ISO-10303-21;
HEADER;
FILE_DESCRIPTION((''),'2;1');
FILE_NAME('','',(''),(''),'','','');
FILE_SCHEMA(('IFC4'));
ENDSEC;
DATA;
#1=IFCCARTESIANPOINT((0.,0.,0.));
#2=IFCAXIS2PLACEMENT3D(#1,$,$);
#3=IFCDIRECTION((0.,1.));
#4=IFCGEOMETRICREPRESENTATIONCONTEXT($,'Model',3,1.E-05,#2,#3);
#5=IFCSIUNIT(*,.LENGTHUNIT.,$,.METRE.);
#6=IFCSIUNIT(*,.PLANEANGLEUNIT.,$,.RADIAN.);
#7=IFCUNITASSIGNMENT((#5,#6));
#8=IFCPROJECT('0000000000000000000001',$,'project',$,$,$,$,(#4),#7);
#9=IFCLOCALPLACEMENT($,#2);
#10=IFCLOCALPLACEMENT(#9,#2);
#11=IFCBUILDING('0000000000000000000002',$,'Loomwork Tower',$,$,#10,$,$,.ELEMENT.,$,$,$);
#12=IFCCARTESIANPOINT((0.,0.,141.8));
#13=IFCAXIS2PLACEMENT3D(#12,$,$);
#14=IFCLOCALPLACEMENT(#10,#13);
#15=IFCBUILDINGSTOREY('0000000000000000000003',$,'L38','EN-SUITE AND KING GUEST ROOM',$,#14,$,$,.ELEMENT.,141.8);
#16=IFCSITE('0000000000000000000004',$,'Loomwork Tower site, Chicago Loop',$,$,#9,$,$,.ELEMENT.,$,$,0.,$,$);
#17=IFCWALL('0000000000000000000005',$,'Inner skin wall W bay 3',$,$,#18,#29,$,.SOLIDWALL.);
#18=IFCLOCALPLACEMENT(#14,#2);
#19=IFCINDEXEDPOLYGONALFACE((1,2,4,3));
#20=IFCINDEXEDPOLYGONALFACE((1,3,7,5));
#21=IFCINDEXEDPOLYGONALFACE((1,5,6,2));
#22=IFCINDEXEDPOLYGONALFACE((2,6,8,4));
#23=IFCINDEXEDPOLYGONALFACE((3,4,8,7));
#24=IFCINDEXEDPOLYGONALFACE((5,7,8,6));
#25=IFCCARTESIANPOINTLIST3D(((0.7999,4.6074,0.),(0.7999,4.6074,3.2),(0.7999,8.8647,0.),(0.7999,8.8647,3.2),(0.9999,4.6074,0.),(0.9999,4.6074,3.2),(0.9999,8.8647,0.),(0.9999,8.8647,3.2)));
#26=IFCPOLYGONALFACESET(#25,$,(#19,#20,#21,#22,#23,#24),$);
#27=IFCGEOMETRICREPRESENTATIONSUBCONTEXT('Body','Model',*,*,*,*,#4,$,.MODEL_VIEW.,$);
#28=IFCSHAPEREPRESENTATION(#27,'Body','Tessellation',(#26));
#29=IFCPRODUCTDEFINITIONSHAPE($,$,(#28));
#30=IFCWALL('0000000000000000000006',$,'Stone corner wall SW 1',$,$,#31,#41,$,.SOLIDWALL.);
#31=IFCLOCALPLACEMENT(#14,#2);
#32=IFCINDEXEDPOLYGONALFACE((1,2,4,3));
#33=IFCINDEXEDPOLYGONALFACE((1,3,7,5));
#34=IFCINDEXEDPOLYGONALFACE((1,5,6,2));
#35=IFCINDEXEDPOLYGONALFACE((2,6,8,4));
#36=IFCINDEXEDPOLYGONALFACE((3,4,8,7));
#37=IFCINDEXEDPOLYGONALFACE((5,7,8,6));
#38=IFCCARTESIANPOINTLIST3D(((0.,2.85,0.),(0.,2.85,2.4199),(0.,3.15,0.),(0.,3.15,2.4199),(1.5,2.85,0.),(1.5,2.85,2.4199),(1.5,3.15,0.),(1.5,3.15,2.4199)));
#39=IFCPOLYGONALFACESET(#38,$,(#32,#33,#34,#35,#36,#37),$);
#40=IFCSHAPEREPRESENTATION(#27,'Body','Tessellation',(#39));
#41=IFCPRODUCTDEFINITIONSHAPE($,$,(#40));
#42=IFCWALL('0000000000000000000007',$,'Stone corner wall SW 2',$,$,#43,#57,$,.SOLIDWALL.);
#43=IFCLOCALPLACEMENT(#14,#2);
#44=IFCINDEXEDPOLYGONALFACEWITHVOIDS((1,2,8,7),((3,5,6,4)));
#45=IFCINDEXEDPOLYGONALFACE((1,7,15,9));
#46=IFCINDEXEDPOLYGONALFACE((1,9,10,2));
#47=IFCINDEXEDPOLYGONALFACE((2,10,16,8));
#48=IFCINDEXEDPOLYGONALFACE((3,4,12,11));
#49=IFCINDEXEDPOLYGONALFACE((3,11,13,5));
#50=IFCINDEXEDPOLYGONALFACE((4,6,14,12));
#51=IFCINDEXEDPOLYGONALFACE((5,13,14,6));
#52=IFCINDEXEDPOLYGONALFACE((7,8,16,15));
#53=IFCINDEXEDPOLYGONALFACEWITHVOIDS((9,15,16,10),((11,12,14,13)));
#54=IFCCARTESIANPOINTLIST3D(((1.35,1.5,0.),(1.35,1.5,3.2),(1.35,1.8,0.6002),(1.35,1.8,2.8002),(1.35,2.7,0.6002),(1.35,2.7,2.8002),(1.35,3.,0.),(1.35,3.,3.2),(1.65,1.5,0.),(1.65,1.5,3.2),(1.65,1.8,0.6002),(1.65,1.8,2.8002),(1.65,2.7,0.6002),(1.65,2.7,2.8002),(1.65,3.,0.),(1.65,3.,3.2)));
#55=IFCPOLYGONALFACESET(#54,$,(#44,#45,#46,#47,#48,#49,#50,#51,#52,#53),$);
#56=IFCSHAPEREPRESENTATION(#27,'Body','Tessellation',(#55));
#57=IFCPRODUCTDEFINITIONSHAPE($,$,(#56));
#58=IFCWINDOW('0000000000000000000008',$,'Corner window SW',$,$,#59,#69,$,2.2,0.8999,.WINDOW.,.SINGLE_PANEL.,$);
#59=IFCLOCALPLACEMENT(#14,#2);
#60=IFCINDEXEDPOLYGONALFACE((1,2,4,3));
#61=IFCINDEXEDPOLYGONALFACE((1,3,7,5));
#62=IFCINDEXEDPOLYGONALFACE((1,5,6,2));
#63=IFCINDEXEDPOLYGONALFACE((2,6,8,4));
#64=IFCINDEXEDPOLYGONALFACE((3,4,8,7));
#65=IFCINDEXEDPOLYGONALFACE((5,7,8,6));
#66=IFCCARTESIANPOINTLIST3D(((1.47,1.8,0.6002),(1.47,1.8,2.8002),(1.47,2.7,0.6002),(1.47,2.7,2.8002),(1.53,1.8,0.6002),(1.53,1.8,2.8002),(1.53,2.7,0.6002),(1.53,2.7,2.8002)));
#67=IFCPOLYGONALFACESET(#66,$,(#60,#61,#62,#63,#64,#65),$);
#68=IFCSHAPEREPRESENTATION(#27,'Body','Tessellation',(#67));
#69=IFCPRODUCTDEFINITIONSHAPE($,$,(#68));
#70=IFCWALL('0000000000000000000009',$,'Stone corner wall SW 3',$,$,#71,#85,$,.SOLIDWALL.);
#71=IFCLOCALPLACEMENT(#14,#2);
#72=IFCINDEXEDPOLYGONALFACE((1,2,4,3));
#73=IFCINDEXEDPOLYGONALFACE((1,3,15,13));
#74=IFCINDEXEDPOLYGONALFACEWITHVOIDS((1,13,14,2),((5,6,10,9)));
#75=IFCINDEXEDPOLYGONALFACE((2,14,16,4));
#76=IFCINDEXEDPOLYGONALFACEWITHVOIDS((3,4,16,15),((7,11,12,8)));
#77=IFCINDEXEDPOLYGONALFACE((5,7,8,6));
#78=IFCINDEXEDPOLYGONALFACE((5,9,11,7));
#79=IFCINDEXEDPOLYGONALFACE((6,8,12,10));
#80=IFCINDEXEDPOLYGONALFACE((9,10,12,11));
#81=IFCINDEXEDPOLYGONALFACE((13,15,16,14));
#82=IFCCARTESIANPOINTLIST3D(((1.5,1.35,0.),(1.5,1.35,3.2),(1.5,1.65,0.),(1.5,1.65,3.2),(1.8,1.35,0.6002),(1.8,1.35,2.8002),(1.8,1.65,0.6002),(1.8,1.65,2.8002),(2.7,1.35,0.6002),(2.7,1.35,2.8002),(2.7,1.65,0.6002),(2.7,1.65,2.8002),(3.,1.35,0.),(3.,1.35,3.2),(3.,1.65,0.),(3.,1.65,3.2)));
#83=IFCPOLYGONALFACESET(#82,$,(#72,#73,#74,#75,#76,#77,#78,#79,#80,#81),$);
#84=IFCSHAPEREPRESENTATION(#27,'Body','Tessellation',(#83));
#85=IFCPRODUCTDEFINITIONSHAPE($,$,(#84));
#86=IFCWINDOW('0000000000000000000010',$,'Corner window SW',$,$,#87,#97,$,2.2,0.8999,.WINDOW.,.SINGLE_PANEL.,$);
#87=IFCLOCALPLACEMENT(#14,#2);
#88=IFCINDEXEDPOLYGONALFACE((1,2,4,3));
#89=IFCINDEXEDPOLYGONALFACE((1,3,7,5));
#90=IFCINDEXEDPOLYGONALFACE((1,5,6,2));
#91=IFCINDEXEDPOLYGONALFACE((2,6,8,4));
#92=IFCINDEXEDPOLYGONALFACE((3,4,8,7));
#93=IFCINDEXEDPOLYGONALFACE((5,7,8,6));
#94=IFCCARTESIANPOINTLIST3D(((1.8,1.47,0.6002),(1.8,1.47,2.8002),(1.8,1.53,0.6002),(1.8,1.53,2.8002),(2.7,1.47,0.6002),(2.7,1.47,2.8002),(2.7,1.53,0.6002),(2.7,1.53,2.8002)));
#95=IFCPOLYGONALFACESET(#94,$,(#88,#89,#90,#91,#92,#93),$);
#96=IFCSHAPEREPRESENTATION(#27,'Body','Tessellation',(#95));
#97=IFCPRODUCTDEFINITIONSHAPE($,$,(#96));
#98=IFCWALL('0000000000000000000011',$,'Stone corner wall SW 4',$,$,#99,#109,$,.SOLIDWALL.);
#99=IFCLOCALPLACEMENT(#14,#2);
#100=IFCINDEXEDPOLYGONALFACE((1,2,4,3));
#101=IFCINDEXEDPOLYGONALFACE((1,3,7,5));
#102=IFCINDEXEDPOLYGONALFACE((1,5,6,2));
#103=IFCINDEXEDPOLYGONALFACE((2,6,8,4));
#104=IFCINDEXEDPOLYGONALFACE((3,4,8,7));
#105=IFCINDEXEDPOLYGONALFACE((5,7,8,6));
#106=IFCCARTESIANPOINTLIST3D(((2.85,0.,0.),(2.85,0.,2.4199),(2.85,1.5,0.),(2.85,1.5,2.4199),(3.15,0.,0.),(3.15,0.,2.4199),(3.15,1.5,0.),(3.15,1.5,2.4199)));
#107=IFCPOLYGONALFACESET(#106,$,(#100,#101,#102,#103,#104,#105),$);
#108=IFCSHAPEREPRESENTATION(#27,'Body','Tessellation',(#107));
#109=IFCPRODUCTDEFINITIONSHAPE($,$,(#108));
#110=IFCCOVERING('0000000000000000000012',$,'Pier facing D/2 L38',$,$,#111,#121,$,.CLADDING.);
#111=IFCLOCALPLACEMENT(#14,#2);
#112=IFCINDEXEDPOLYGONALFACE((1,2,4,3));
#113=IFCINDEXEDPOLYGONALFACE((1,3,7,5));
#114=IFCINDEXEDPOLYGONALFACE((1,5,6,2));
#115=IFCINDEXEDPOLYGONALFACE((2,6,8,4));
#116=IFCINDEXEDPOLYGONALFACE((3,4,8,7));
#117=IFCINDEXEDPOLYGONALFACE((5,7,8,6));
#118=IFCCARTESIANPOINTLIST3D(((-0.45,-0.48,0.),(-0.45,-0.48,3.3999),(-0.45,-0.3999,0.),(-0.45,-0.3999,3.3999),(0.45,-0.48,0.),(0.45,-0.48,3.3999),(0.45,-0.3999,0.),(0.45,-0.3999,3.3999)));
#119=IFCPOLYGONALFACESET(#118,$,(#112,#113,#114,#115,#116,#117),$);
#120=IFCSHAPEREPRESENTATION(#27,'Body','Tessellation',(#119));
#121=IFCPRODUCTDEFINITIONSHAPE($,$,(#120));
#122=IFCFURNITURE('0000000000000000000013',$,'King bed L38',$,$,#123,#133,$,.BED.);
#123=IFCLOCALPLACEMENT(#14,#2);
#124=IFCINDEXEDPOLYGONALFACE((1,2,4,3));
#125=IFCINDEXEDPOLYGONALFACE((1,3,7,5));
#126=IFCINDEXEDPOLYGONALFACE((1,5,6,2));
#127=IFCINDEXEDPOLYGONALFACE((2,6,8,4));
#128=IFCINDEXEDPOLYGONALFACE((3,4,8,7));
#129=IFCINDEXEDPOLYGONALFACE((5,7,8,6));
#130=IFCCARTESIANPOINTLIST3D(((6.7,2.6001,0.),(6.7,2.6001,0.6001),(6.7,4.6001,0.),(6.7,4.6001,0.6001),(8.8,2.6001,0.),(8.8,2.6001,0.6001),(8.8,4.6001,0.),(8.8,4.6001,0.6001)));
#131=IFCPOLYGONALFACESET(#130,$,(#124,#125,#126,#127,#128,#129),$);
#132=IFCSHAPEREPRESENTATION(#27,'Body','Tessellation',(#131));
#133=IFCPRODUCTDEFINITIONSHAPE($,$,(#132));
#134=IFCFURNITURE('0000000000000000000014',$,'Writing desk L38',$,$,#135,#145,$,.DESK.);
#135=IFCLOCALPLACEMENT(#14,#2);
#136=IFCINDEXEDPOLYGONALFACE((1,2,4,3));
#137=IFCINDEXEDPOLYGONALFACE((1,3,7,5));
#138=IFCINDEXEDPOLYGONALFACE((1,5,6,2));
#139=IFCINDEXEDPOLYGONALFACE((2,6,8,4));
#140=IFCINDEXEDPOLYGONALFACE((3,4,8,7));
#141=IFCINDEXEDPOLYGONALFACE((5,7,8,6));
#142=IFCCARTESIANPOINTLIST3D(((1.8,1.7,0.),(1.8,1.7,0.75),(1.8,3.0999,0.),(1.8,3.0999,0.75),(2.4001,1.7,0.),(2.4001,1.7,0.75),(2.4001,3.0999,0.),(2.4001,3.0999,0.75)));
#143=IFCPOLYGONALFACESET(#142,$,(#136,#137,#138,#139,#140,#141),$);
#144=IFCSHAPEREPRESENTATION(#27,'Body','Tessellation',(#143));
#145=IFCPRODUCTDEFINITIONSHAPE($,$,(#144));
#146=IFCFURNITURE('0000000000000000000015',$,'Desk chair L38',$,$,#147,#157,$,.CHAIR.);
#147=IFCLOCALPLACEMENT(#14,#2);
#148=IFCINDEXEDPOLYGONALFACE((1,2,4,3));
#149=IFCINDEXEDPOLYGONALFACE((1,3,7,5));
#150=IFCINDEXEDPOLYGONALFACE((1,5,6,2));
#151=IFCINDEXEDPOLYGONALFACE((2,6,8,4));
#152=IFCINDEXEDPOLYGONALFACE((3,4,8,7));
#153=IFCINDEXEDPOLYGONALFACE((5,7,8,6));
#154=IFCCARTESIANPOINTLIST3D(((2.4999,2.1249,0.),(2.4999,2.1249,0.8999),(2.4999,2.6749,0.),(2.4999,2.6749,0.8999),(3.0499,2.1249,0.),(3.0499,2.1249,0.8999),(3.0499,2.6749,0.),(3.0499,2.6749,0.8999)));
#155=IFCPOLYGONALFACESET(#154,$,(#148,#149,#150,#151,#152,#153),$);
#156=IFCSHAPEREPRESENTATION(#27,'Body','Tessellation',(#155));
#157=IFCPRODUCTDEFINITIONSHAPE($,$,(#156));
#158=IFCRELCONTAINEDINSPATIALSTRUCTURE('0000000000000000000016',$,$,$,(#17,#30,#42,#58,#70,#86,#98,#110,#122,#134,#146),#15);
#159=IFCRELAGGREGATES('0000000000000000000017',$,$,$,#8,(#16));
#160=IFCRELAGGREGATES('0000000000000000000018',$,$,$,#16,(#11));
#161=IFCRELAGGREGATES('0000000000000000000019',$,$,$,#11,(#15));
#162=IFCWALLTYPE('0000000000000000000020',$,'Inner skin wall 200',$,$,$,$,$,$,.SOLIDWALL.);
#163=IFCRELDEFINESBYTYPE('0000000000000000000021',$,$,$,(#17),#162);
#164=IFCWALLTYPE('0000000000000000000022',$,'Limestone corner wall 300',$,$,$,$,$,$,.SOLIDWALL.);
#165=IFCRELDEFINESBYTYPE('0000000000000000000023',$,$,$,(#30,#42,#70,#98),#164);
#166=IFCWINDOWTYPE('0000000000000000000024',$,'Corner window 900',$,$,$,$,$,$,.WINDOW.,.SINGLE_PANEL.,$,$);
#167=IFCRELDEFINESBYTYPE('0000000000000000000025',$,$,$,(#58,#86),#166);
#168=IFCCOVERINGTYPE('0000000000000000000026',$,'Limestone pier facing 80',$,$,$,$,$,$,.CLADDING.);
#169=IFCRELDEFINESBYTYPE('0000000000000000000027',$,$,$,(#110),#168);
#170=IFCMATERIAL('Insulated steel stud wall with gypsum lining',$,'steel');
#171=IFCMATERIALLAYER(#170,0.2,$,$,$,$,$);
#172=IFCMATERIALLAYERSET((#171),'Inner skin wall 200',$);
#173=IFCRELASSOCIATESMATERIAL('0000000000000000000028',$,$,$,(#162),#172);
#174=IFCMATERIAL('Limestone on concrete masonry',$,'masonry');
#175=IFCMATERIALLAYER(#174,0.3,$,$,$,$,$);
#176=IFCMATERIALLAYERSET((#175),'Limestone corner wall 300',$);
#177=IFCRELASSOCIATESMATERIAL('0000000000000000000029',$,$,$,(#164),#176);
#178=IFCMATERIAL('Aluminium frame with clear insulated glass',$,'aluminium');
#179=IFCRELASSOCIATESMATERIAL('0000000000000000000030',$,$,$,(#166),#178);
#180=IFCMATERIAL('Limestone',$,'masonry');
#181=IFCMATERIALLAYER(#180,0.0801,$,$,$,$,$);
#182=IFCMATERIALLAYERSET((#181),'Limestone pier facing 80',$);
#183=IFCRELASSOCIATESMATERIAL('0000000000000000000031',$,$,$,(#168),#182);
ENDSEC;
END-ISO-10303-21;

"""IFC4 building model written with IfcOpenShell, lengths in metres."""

from ifc_helpers import new_model, si_unit, direction, frame, frame_2d, origin, origin_2d, place, context, subcontext, project, spatial, rectangle, extrude, material, layer, layer_set, type_object, element, fill, save


model = new_model("IFC4")

# Units and contexts
model_context = context("Model", 3, precision=1e-05, world=origin(), true_north=direction((0.0, 1.0)))
body_context = subcontext(model_context, "Body", "Model", "MODEL_VIEW")
ifc_project = project(units=[si_unit("LENGTHUNIT", "METRE"), si_unit("PLANEANGLEUNIT", "RADIAN")], contexts=[model_context])

# Site, building, storey
site_placement = place(None, origin())
site = spatial("IfcSite", under=ifc_project, at=site_placement, Name="Loomwork Tower site, Chicago Loop", CompositionType="ELEMENT", RefElevation=0.0)
building_placement = place(site_placement, origin())
building = spatial("IfcBuilding", under=site, at=building_placement, Name="Loomwork Tower", CompositionType="ELEMENT")
storey_placement = place(building_placement, frame((0.0, 0.0, 141.8)))
storey = spatial("IfcBuildingStorey", under=building, at=storey_placement, Name="L38", Description="EN-SUITE AND KING GUEST ROOM", CompositionType="ELEMENT", Elevation=141.8)

# Shared definitions
ifc_material_1 = material(Name="Insulated steel stud wall with gypsum lining", Category="steel")
ifc_layer_1 = layer(ifc_material_1, 0.2)
ifc_layer_set_1 = layer_set([ifc_layer_1], Name="Inner skin wall 200")
wall_type_1 = type_object("IfcWallType", Name="Inner skin wall 200", PredefinedType="SOLIDWALL", material=ifc_layer_set_1)

# Walls
wall_1_placement = place(storey_placement, frame((0.8999, 4.6074, 0.0), z_axis=(0.0, 0.0, 1.0), x_axis=(0.0, 1.0, 0.0)))
element("IfcWall", 1, at=wall_1_placement, inside=storey, type_object=wall_type_1, Name="Inner skin wall W bay 3", PredefinedType="SOLIDWALL", context=body_context, shape_type="SweptSolid", body=[
    extrude(rectangle(XDim=4.2573, YDim=0.2, at=frame_2d((2.1287, 0.0))), origin(), (0.0, 0.0, 1.0), 3.2),
])
ifc_material_2 = material(Name="Limestone on concrete masonry", Category="masonry")
ifc_layer_2 = layer(ifc_material_2, 0.3)
ifc_layer_set_2 = layer_set([ifc_layer_2], Name="Limestone corner wall 300")
wall_type_2 = type_object("IfcWallType", Name="Limestone corner wall 300", PredefinedType="SOLIDWALL", material=ifc_layer_set_2)
wall_2_placement = place(storey_placement, frame((0.0, 3.0, 0.0), z_axis=(0.0, 0.0, 1.0), x_axis=(1.0, 0.0, 0.0)))
element("IfcWall", 2, at=wall_2_placement, inside=storey, type_object=wall_type_2, Name="Stone corner wall SW 1", PredefinedType="SOLIDWALL", context=body_context, shape_type="SweptSolid", body=[
    extrude(rectangle(XDim=1.5, YDim=0.3, at=frame_2d((0.75, 0.0))), origin(), (0.0, 0.0, 1.0), 2.4199),
])

# Walls, openings, windows
wall_3_placement = place(storey_placement, frame((1.5, 3.0, 0.0), z_axis=(0.0, 0.0, 1.0), x_axis=(0.0, -1.0, 0.0)))
wall_3 = element("IfcWall", 3, at=wall_3_placement, inside=storey, type_object=wall_type_2, Name="Stone corner wall SW 2", PredefinedType="SOLIDWALL", context=body_context, shape_type="SweptSolid", body=[
    extrude(rectangle(XDim=1.5, YDim=0.3, at=frame_2d((0.75, 0.0))), origin(), (0.0, 0.0, 1.0), 3.2),
])
opening_1_placement = place(wall_3_placement, frame((0.3, 0.0, 0.6001)))
opening_1 = element("IfcOpeningElement", 4, at=opening_1_placement, cuts=wall_3, PredefinedType="OPENING", context=body_context, shape_type="SweptSolid", body=[
    extrude(rectangle(XDim=0.8999, YDim=2.2, at=frame_2d((0.45, 1.1001))), frame((0.0, 0.1599, 0.0), z_axis=(0.0, -1.0, 0.0), x_axis=(1.0, 0.0, 0.0)), (0.0, 0.0, 1.0), 0.3201),
])
ifc_material_3 = material(Name="Aluminium frame with clear insulated glass", Category="aluminium")
window_type_1 = type_object("IfcWindowType", Name="Corner window 900", PartitioningType="SINGLE_PANEL", PredefinedType="WINDOW", material=ifc_material_3)
window_1_placement = place(opening_1_placement, origin())
window_1 = element("IfcWindow", 5, at=window_1_placement, inside=storey, type_object=window_type_1, Name="Corner window SW", OverallHeight=2.2, OverallWidth=0.8999, PartitioningType="SINGLE_PANEL", PredefinedType="WINDOW", context=body_context, shape_type="SweptSolid", body=[
    extrude(rectangle(XDim=0.8999, YDim=2.2, at=frame_2d((0.45, 1.1001))), frame((0.0, 0.03, 0.0), z_axis=(0.0, -1.0, 0.0), x_axis=(1.0, 0.0, 0.0)), (0.0, 0.0, 1.0), 0.0601),
])
fill(opening_1, window_1)
wall_4_placement = place(storey_placement, frame((1.5, 1.5, 0.0), z_axis=(0.0, 0.0, 1.0), x_axis=(1.0, 0.0, 0.0)))
wall_4 = element("IfcWall", 6, at=wall_4_placement, inside=storey, type_object=wall_type_2, Name="Stone corner wall SW 3", PredefinedType="SOLIDWALL", context=body_context, shape_type="SweptSolid", body=[
    extrude(rectangle(XDim=1.5, YDim=0.3, at=frame_2d((0.75, 0.0))), origin(), (0.0, 0.0, 1.0), 3.2),
])
opening_2_placement = place(wall_4_placement, frame((0.3, 0.0, 0.6001)))
opening_2 = element("IfcOpeningElement", 7, at=opening_2_placement, cuts=wall_4, PredefinedType="OPENING", context=body_context, shape_type="SweptSolid", body=[
    extrude(rectangle(XDim=0.8999, YDim=2.2, at=frame_2d((0.45, 1.1001))), frame((0.0, 0.1599, 0.0), z_axis=(0.0, -1.0, 0.0), x_axis=(1.0, 0.0, 0.0)), (0.0, 0.0, 1.0), 0.3201),
])
window_2_placement = place(opening_2_placement, origin())
window_2 = element("IfcWindow", 8, at=window_2_placement, inside=storey, type_object=window_type_1, Name="Corner window SW", OverallHeight=2.2, OverallWidth=0.8999, PartitioningType="SINGLE_PANEL", PredefinedType="WINDOW", context=body_context, shape_type="SweptSolid", body=[
    extrude(rectangle(XDim=0.8999, YDim=2.2, at=frame_2d((0.45, 1.1001))), frame((0.0, 0.03, 0.0), z_axis=(0.0, -1.0, 0.0), x_axis=(1.0, 0.0, 0.0)), (0.0, 0.0, 1.0), 0.0601),
])
fill(opening_2, window_2)

# Wall
wall_5_placement = place(storey_placement, frame((3.0, 1.5, 0.0), z_axis=(0.0, 0.0, 1.0), x_axis=(0.0, -1.0, 0.0)))
element("IfcWall", 9, at=wall_5_placement, inside=storey, type_object=wall_type_2, Name="Stone corner wall SW 4", PredefinedType="SOLIDWALL", context=body_context, shape_type="SweptSolid", body=[
    extrude(rectangle(XDim=1.5, YDim=0.3, at=frame_2d((0.75, 0.0))), origin(), (0.0, 0.0, 1.0), 2.4199),
])

# Covering
ifc_material_4 = material(Name="Limestone", Category="masonry")
ifc_layer_3 = layer(ifc_material_4, 0.0801)
ifc_layer_set_3 = layer_set([ifc_layer_3], Name="Limestone pier facing 80")
covering_type = type_object("IfcCoveringType", Name="Limestone pier facing 80", PredefinedType="CLADDING", material=ifc_layer_set_3)
covering_placement = place(storey_placement, frame((0.0, -0.4399, 0.0), z_axis=(0.0, 0.0, 1.0), x_axis=(1.0, 0.0, 0.0)))
element("IfcCovering", 10, at=covering_placement, inside=storey, type_object=covering_type, Name="Pier facing D/2 L38", PredefinedType="CLADDING", context=body_context, shape_type="SweptSolid", body=[
    extrude(rectangle(XDim=0.8999, YDim=0.0801, at=origin_2d()), origin(), (0.0, 0.0, 1.0), 3.3999),
])

# Furniture
furniture_1_placement = place(storey_placement, frame((7.75, 3.6001, 0.0), z_axis=(0.0, 0.0, 1.0), x_axis=(1.0, 0.0, 0.0)))
element("IfcFurniture", 11, at=furniture_1_placement, inside=storey, Name="King bed L38", PredefinedType="BED", context=body_context, shape_type="SweptSolid", body=[
    extrude(rectangle(XDim=2.1001, YDim=2.0, at=origin_2d()), origin(), (0.0, 0.0, 1.0), 0.6001),
])
furniture_2_placement = place(storey_placement, frame((2.1001, 2.3999, 0.0), z_axis=(0.0, 0.0, 1.0), x_axis=(1.0, 0.0, 0.0)))
element("IfcFurniture", 12, at=furniture_2_placement, inside=storey, Name="Writing desk L38", PredefinedType="DESK", context=body_context, shape_type="SweptSolid", body=[
    extrude(rectangle(XDim=0.6001, YDim=1.3999, at=origin_2d()), origin(), (0.0, 0.0, 1.0), 0.75),
])
furniture_3_placement = place(storey_placement, frame((2.7749, 2.3999, 0.0), z_axis=(0.0, 0.0, 1.0), x_axis=(1.0, 0.0, 0.0)))
element("IfcFurniture", 13, at=furniture_3_placement, inside=storey, Name="Desk chair L38", PredefinedType="CHAIR", context=body_context, shape_type="SweptSolid", body=[
    extrude(rectangle(XDim=0.55, YDim=0.55, at=origin_2d()), origin(), (0.0, 0.0, 1.0), 0.8999),
])

save(model, "model.ifc")
